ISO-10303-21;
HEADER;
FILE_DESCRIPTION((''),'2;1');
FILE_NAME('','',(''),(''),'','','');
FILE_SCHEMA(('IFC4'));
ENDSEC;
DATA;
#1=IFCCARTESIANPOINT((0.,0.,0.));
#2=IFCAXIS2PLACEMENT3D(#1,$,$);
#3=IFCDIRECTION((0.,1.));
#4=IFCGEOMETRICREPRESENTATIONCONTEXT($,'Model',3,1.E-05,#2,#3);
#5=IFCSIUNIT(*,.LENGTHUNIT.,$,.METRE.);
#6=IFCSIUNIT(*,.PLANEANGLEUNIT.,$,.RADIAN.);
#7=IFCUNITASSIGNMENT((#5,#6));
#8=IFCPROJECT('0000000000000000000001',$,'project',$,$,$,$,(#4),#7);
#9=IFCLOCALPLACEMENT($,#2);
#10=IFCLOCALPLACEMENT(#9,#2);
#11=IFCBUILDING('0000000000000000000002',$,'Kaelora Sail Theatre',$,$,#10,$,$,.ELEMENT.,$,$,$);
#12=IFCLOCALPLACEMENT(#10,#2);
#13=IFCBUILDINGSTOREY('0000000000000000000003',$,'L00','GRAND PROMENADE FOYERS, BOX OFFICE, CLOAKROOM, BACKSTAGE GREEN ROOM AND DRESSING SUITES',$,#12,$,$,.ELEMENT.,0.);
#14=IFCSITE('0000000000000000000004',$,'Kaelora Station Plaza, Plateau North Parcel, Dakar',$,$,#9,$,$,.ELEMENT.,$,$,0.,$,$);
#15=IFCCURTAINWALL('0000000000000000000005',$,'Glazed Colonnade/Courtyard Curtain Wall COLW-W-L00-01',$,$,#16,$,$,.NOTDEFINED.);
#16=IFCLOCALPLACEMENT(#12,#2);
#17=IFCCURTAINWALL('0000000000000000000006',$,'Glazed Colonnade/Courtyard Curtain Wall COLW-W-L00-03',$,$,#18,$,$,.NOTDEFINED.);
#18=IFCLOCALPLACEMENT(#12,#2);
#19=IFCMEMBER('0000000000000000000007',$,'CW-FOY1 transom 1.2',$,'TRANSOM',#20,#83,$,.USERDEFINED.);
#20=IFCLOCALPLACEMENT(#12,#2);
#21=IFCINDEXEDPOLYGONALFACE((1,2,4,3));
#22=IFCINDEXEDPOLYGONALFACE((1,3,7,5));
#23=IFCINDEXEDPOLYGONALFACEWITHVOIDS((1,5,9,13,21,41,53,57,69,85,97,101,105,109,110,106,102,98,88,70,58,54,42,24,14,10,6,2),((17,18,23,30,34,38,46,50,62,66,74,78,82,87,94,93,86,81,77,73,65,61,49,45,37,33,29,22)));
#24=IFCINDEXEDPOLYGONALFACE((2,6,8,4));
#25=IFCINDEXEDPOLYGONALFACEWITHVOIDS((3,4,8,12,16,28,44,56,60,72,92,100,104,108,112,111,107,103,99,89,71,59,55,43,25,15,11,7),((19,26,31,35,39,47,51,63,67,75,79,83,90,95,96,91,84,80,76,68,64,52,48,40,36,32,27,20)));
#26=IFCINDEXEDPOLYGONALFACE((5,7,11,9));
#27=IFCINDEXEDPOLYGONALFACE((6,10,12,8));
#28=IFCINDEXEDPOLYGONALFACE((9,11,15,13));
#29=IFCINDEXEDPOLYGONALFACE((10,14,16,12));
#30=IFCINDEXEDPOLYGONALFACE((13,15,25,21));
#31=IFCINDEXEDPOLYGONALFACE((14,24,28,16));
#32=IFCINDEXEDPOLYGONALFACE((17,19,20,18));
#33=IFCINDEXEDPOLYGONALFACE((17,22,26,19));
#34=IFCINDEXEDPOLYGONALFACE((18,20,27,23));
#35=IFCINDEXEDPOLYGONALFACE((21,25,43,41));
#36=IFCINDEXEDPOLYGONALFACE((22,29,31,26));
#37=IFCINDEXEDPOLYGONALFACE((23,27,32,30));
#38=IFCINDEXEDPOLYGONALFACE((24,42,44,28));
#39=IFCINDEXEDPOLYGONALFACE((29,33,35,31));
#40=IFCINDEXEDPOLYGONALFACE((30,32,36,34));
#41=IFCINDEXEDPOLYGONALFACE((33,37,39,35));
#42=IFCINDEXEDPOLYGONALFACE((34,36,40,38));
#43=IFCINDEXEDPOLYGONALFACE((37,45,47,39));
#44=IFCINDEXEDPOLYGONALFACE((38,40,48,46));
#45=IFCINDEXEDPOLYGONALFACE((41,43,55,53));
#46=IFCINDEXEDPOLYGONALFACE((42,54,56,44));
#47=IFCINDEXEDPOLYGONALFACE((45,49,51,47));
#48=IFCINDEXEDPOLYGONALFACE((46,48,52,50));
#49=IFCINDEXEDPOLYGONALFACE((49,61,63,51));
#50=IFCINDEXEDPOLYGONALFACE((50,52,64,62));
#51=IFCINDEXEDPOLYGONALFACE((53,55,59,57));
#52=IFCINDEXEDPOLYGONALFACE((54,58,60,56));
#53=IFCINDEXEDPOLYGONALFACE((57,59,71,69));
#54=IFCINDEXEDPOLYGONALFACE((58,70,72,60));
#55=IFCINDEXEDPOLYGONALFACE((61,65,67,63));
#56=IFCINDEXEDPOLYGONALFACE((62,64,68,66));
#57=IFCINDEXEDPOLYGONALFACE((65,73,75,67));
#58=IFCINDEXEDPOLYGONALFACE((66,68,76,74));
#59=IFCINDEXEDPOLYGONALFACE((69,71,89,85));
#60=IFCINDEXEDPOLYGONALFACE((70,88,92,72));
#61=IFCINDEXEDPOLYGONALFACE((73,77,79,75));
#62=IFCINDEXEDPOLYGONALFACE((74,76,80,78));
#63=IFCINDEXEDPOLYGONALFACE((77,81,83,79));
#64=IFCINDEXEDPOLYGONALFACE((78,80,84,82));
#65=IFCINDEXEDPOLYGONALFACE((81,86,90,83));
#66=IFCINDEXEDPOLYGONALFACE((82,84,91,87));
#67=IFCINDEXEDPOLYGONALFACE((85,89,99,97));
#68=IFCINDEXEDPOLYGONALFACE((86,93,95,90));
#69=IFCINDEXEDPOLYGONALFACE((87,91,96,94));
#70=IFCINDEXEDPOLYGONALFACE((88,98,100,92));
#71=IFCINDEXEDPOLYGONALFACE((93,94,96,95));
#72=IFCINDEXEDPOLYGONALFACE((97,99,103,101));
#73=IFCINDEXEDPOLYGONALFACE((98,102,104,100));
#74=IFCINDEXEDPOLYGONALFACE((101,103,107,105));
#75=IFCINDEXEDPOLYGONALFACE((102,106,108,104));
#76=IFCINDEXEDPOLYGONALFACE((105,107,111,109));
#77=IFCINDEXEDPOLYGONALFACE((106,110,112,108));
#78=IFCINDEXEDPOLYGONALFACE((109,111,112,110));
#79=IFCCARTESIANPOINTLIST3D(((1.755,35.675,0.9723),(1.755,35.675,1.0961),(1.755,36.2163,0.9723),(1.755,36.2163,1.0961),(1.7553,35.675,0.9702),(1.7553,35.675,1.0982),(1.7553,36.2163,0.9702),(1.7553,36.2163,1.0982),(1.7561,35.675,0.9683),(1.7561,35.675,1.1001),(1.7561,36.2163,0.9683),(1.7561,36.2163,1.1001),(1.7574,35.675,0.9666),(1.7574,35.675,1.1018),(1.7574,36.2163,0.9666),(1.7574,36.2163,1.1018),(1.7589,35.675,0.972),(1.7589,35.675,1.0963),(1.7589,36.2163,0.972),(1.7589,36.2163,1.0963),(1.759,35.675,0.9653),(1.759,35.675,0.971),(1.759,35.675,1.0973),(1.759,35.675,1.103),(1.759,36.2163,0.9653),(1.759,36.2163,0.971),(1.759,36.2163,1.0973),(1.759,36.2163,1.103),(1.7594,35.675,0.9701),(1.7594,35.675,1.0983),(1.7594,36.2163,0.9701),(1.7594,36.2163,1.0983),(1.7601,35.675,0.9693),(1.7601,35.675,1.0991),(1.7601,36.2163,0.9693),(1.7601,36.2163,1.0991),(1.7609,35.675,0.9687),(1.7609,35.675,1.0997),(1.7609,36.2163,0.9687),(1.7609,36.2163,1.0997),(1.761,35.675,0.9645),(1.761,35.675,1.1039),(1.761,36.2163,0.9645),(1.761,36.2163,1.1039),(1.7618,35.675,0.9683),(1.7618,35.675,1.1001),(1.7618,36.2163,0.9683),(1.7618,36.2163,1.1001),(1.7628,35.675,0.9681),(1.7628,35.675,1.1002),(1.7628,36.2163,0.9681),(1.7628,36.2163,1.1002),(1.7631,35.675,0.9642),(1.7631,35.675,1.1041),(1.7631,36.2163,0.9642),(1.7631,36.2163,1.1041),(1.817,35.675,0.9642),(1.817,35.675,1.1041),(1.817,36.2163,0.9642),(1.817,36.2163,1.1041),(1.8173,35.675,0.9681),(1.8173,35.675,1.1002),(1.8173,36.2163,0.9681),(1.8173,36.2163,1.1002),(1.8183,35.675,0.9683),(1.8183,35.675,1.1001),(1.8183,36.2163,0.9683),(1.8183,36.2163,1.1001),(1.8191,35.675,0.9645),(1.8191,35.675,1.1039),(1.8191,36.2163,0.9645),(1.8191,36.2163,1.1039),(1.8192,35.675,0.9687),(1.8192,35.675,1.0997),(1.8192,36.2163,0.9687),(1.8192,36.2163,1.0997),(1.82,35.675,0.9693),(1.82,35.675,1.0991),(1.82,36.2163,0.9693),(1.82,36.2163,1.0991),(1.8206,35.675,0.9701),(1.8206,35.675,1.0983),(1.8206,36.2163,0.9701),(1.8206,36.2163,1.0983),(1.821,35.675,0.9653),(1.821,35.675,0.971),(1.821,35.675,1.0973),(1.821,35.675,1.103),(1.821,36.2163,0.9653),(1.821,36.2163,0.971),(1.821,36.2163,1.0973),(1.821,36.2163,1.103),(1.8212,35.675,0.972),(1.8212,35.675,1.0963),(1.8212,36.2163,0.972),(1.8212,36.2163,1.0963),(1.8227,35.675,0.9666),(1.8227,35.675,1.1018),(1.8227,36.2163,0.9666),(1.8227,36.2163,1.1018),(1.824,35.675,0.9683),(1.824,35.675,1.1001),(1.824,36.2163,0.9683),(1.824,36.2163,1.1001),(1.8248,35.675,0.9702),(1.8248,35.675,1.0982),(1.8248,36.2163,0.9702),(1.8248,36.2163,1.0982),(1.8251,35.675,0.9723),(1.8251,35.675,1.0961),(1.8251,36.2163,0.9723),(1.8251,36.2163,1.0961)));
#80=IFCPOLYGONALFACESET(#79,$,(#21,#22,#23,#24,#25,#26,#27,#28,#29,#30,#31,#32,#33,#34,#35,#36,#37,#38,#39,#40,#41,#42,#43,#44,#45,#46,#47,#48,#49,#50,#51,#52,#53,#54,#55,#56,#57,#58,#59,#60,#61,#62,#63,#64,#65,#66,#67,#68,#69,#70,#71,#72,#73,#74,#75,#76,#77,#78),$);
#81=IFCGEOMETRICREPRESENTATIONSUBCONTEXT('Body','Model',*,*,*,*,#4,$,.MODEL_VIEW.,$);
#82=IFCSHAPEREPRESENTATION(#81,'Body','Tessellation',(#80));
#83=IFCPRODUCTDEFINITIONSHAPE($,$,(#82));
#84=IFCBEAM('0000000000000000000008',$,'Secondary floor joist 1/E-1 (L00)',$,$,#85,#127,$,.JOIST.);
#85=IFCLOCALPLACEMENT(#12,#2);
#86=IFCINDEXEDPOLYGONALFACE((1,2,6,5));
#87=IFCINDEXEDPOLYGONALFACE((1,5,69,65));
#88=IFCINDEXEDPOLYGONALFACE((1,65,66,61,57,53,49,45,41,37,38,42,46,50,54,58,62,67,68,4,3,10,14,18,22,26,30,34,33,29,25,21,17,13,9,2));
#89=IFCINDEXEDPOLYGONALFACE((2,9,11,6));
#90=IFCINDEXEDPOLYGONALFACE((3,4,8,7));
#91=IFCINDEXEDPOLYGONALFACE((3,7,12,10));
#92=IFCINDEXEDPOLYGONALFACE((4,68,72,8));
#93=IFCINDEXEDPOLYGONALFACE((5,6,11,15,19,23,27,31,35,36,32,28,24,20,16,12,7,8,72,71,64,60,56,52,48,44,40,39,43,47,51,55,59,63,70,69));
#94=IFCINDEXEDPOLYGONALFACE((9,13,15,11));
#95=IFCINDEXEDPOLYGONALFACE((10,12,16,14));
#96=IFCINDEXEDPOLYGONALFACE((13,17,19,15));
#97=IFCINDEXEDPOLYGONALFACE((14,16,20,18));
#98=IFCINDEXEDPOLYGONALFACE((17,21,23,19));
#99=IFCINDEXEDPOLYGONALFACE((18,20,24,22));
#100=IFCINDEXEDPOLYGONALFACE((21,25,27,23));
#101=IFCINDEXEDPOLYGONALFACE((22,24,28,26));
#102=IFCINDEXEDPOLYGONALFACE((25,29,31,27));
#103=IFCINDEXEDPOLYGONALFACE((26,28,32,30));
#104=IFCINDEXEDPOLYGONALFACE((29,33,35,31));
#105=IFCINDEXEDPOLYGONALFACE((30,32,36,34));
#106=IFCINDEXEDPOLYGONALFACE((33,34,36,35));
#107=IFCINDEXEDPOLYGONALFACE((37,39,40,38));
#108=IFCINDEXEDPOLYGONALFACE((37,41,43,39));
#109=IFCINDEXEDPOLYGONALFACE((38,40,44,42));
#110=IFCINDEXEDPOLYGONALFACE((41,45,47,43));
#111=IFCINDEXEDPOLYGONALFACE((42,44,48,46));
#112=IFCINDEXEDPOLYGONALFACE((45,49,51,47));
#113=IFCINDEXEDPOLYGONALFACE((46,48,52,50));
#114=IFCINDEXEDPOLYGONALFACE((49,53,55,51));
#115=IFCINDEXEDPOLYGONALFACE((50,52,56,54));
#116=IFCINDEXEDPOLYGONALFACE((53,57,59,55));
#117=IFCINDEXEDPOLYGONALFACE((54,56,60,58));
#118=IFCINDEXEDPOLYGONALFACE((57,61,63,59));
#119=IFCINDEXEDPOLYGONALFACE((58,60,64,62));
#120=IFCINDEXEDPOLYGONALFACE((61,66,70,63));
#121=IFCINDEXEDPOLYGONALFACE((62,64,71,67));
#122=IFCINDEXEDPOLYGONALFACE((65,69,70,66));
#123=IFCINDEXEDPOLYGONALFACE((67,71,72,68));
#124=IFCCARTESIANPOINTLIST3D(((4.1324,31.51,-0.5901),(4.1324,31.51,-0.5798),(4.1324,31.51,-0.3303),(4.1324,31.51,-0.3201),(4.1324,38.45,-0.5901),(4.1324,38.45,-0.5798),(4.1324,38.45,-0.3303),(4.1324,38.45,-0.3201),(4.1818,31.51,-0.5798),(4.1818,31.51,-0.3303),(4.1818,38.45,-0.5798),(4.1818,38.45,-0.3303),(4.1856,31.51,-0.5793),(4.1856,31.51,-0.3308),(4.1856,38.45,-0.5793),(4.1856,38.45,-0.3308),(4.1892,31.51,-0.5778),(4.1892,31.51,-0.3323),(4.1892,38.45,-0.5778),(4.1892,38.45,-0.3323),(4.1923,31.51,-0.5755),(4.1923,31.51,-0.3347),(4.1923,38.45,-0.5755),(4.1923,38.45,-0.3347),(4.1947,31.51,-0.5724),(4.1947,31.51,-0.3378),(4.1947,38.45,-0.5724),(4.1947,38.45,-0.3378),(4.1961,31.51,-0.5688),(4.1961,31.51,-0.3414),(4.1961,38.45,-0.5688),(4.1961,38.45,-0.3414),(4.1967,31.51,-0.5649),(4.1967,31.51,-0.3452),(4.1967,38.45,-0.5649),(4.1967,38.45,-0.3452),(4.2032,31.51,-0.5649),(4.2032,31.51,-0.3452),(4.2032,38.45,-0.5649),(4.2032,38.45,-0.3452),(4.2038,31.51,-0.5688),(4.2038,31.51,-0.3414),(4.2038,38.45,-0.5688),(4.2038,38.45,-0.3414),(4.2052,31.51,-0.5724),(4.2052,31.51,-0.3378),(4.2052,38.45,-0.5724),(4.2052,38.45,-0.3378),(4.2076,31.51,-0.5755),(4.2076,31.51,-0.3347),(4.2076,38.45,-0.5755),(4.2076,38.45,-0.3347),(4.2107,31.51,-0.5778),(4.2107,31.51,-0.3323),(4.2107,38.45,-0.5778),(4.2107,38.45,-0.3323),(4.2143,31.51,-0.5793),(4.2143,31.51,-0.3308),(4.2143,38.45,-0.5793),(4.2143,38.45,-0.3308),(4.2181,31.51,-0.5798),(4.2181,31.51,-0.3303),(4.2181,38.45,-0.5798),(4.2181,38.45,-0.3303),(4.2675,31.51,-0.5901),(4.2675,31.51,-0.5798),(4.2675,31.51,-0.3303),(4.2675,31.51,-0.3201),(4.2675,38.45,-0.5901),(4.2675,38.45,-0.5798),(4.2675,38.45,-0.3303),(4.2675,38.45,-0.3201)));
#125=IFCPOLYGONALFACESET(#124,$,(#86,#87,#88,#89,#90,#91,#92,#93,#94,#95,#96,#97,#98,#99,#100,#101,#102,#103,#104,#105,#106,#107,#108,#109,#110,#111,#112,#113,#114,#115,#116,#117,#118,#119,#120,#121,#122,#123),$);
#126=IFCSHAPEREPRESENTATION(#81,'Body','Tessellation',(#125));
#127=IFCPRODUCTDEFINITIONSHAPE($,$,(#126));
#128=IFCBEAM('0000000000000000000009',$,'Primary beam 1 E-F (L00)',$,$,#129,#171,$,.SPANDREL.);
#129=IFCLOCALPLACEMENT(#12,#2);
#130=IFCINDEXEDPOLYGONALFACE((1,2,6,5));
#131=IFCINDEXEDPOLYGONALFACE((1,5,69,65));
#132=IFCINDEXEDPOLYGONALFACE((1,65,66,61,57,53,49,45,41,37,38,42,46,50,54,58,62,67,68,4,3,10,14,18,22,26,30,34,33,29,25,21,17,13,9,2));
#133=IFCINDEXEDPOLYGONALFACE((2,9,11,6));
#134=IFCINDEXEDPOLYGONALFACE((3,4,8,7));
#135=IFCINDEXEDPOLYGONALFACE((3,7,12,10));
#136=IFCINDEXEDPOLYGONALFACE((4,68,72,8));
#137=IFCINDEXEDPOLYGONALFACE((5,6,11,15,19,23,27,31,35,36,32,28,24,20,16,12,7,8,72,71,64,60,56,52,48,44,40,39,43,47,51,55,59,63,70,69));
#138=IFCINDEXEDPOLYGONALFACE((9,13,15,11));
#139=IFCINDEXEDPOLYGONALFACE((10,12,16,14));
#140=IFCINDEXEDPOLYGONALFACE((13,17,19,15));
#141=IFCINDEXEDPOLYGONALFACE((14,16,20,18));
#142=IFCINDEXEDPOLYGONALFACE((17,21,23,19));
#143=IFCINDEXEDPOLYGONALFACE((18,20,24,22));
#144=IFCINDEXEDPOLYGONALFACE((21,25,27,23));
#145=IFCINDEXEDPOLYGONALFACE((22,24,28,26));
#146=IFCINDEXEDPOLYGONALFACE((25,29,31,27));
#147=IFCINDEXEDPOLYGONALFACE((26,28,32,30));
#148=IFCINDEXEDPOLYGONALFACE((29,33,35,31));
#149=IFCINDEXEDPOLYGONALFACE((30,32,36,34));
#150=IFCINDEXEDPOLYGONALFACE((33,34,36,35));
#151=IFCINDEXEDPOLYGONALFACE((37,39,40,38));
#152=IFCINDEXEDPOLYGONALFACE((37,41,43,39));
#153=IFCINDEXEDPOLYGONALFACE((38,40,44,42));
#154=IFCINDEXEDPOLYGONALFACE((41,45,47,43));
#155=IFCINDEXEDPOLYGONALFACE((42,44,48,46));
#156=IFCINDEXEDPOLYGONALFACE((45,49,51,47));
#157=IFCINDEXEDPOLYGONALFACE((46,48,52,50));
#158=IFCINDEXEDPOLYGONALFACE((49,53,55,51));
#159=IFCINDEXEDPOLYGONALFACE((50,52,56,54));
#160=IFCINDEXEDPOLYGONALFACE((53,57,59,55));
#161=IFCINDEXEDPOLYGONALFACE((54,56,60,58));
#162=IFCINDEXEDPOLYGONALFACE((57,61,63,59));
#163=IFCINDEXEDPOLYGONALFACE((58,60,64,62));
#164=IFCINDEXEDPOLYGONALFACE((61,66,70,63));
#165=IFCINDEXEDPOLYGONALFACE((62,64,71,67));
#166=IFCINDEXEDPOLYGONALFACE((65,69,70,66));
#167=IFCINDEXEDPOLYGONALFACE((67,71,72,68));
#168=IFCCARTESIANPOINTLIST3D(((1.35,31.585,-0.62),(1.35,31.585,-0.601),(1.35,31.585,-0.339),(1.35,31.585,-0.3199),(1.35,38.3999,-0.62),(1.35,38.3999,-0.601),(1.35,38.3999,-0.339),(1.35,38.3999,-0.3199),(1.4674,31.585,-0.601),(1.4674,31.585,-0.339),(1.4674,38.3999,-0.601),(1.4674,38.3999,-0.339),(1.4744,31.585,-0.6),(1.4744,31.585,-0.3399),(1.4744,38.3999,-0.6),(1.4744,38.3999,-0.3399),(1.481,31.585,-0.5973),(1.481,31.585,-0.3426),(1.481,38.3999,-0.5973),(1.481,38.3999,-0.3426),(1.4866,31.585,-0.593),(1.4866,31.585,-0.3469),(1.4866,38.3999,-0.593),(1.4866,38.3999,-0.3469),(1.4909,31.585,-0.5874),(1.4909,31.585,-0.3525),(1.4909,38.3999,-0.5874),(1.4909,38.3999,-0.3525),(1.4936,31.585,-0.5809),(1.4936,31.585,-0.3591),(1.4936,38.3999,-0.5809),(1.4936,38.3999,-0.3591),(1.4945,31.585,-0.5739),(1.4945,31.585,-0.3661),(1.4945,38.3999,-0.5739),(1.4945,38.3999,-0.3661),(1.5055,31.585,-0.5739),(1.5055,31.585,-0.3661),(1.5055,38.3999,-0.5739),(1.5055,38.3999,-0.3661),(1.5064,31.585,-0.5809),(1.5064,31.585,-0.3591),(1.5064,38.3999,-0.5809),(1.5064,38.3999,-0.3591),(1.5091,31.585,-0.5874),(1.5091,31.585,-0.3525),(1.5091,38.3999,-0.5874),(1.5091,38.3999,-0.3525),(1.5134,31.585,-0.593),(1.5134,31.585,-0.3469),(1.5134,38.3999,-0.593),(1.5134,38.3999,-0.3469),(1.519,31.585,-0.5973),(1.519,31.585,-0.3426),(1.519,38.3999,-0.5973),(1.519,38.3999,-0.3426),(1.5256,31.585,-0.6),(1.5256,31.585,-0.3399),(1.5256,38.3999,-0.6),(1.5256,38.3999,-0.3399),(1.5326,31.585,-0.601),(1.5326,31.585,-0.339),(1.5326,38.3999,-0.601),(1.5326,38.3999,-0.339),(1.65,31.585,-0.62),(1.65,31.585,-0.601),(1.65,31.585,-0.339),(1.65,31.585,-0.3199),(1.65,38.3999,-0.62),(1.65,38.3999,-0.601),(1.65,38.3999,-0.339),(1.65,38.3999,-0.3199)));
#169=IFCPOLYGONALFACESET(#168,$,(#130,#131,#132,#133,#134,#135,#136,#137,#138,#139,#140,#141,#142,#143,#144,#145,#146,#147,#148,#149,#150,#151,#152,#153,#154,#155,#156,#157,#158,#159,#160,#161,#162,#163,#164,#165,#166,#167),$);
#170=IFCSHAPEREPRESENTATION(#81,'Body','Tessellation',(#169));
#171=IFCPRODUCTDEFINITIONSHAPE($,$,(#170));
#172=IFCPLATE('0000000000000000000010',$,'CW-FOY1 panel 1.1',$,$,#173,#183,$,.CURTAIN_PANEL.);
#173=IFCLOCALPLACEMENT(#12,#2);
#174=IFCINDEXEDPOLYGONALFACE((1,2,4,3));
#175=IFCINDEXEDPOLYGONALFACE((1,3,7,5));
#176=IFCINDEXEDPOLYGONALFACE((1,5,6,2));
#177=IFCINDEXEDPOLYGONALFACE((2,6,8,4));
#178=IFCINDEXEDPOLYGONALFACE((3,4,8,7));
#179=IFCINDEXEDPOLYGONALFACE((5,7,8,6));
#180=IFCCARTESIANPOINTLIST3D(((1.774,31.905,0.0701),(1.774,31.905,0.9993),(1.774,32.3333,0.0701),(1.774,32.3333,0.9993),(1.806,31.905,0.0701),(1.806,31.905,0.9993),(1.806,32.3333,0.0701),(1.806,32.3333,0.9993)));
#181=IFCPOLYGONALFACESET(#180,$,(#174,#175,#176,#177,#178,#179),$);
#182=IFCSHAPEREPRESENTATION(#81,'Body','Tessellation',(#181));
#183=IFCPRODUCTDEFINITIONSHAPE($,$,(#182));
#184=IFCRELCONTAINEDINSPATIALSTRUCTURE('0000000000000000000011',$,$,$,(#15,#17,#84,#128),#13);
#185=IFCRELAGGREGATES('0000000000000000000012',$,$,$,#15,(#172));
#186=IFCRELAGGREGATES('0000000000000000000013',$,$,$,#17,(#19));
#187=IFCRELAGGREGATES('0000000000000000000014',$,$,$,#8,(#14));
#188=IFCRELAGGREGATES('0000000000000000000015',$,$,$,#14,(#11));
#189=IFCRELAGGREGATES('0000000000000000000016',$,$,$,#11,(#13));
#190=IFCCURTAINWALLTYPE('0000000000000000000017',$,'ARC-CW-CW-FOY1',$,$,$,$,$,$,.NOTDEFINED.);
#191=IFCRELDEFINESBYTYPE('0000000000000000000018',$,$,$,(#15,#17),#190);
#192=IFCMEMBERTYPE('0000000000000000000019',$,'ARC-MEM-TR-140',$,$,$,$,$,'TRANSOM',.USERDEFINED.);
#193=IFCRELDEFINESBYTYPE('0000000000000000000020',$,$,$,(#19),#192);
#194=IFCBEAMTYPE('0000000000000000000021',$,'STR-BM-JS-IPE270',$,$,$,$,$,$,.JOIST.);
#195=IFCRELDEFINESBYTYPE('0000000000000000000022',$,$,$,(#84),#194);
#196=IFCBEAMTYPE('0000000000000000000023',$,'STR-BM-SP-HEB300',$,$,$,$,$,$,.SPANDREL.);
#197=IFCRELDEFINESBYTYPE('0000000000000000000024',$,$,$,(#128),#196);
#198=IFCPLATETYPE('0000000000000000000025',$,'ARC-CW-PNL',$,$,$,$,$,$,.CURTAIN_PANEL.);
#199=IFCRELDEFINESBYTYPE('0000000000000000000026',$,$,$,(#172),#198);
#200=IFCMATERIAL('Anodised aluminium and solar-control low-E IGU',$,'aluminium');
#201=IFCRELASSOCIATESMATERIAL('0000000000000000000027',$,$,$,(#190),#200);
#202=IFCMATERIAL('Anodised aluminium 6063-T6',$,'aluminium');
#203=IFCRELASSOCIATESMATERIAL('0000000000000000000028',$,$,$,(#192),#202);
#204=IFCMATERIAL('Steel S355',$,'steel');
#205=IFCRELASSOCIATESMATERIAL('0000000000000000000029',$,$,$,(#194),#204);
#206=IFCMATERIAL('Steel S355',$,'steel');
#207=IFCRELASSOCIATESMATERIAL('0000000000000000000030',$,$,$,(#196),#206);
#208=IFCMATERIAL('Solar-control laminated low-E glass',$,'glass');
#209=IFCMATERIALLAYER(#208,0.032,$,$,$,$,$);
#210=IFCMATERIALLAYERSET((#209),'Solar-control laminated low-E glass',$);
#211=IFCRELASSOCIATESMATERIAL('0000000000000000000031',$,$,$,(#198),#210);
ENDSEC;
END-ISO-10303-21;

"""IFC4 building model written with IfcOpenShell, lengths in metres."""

from ifc_helpers import new_model, si_unit, direction, frame, origin, origin_2d, place, context, subcontext, project, spatial, rectangle, hollow_rectangle, i_section, extrude, material, layer, layer_set, material_profile, profile_set, type_object, element, aggregate, save


model = new_model("IFC4")

# Units and contexts
model_context = context("Model", 3, precision=1e-05, world=origin(), true_north=direction((0.0, 1.0)))
body_context = subcontext(model_context, "Body", "Model", "MODEL_VIEW")
ifc_project = project(units=[si_unit("LENGTHUNIT", "METRE"), si_unit("PLANEANGLEUNIT", "RADIAN")], contexts=[model_context])

# Site, building, storey
site_placement = place(None, origin())
site = spatial("IfcSite", under=ifc_project, at=site_placement, Name="Kaelora Station Plaza, Plateau North Parcel, Dakar", CompositionType="ELEMENT", RefElevation=0.0)
building_placement = place(site_placement, origin())
building = spatial("IfcBuilding", under=site, at=building_placement, Name="Kaelora Sail Theatre", CompositionType="ELEMENT")
storey_placement = place(building_placement, origin())
storey = spatial("IfcBuildingStorey", under=building, at=storey_placement, Name="L00", Description="GRAND PROMENADE FOYERS, BOX OFFICE, CLOAKROOM, BACKSTAGE GREEN ROOM AND DRESSING SUITES", CompositionType="ELEMENT", Elevation=0.0)

# Curtain wall
ifc_material_1 = material(Name="Anodised aluminium and solar-control low-E IGU", Category="aluminium")
curtain_wall_type = type_object("IfcCurtainWallType", Name="ARC-CW-CW-FOY1", PredefinedType="NOTDEFINED", material=ifc_material_1)
curtain_wall_1_placement = place(storey_placement, origin())
curtain_wall_1 = element("IfcCurtainWall", 1, at=curtain_wall_1_placement, inside=storey, type_object=curtain_wall_type, Name="Glazed Colonnade/Courtyard Curtain Wall COLW-W-L00-01", PredefinedType="NOTDEFINED")

# Curtain wall
curtain_wall_2_placement = place(storey_placement, origin())
curtain_wall_2 = element("IfcCurtainWall", 2, at=curtain_wall_2_placement, inside=storey, type_object=curtain_wall_type, Name="Glazed Colonnade/Courtyard Curtain Wall COLW-W-L00-03", PredefinedType="NOTDEFINED")

# Member
ifc_material_2 = material(Name="Anodised aluminium 6063-T6", Category="aluminium")
ifc_material_profile_1 = material_profile(ifc_material_2, hollow_rectangle(XDim=0.0701, YDim=0.1399, WallThickness=0.0039, InnerFilletRadius=0.0039, OuterFilletRadius=0.0081, at=origin_2d()), Name="ALU-TRAN 70x140x4")
ifc_profile_set_1 = profile_set([ifc_material_profile_1], Name="Anodised aluminium 6063-T6")
member_type_1 = type_object("IfcMemberType", Name="ARC-MEM-TR-140", ElementType="TRANSOM", PredefinedType="USERDEFINED", material=ifc_profile_set_1)
member_1_placement = place(storey_placement, frame((1.79, 35.675, 1.0342), z_axis=(0.0, 1.0, 0.0), x_axis=(-1.0, 0.0, 0.0)))
member_1 = element("IfcMember", 3, at=member_1_placement, type_object=member_type_1, Name="CW-FOY1 transom 1.2", ObjectType="TRANSOM", PredefinedType="USERDEFINED", context=body_context, shape_type="SweptSolid", body=[
    extrude(hollow_rectangle(XDim=0.0701, YDim=0.1399, WallThickness=0.0039, InnerFilletRadius=0.0039, OuterFilletRadius=0.0081, at=origin_2d()), origin(), (0.0, 0.0, 1.0), 0.5413),
])

# Beams
ifc_material_3 = material(Name="Steel S355", Category="steel")
ifc_material_profile_2 = material_profile(ifc_material_3, i_section(OverallWidth=0.135, OverallDepth=0.27, WebThickness=0.0066, FlangeThickness=0.0103, FilletRadius=0.0149, at=origin_2d()), Name="IPE 270")
ifc_profile_set_2 = profile_set([ifc_material_profile_2], Name="Steel S355")
beam_type_1 = type_object("IfcBeamType", Name="STR-BM-JS-IPE270", PredefinedType="JOIST", material=ifc_profile_set_2)
beam_1_placement = place(storey_placement, frame((4.2, 31.51, -0.4551), z_axis=(0.0, 1.0, 0.0), x_axis=(-1.0, 0.0, 0.0)))
element("IfcBeam", 4, at=beam_1_placement, inside=storey, type_object=beam_type_1, Name="Secondary floor joist 1/E-1 (L00)", PredefinedType="JOIST", context=body_context, shape_type="SweptSolid", body=[
    extrude(i_section(OverallWidth=0.135, OverallDepth=0.27, WebThickness=0.0066, FlangeThickness=0.0103, FilletRadius=0.0149, at=origin_2d()), origin(), (0.0, 0.0, 1.0), 6.9399),
])
ifc_material_4 = material(Name="Steel S355", Category="steel")
ifc_material_profile_3 = material_profile(ifc_material_4, i_section(OverallWidth=0.3, OverallDepth=0.3, WebThickness=0.011, FlangeThickness=0.019, FilletRadius=0.0271, at=origin_2d()), Name="HEB 300")
ifc_profile_set_3 = profile_set([ifc_material_profile_3], Name="Steel S355")
beam_type_2 = type_object("IfcBeamType", Name="STR-BM-SP-HEB300", PredefinedType="SPANDREL", material=ifc_profile_set_3)
beam_2_placement = place(storey_placement, frame((1.5, 31.585, -0.47), z_axis=(0.0, 1.0, 0.0), x_axis=(-1.0, 0.0, 0.0)))
element("IfcBeam", 5, at=beam_2_placement, inside=storey, type_object=beam_type_2, Name="Primary beam 1 E-F (L00)", PredefinedType="SPANDREL", context=body_context, shape_type="SweptSolid", body=[
    extrude(i_section(OverallWidth=0.3, OverallDepth=0.3, WebThickness=0.011, FlangeThickness=0.019, FilletRadius=0.0271, at=origin_2d()), origin(), (0.0, 0.0, 1.0), 6.8149),
])

# Plate
ifc_material_5 = material(Name="Solar-control laminated low-E glass", Category="glass")
ifc_layer = layer(ifc_material_5, 0.032)
ifc_layer_set = layer_set([ifc_layer], Name="Solar-control laminated low-E glass")
plate_type = type_object("IfcPlateType", Name="ARC-CW-PNL", PredefinedType="CURTAIN_PANEL", material=ifc_layer_set)
plate_1_placement = place(storey_placement, frame((1.79, 32.1191, 0.0701), z_axis=(0.0, 0.0, 1.0), x_axis=(0.0, 1.0, 0.0)))
plate_1 = element("IfcPlate", 6, at=plate_1_placement, type_object=plate_type, Name="CW-FOY1 panel 1.1", PredefinedType="CURTAIN_PANEL", context=body_context, shape_type="SweptSolid", body=[
    extrude(rectangle(XDim=0.4282, YDim=0.032, at=origin_2d()), origin(), (0.0, 0.0, 1.0), 0.9292),
])
aggregate(curtain_wall_1, [plate_1])
aggregate(curtain_wall_2, [member_1])

save(model, "model.ifc")
